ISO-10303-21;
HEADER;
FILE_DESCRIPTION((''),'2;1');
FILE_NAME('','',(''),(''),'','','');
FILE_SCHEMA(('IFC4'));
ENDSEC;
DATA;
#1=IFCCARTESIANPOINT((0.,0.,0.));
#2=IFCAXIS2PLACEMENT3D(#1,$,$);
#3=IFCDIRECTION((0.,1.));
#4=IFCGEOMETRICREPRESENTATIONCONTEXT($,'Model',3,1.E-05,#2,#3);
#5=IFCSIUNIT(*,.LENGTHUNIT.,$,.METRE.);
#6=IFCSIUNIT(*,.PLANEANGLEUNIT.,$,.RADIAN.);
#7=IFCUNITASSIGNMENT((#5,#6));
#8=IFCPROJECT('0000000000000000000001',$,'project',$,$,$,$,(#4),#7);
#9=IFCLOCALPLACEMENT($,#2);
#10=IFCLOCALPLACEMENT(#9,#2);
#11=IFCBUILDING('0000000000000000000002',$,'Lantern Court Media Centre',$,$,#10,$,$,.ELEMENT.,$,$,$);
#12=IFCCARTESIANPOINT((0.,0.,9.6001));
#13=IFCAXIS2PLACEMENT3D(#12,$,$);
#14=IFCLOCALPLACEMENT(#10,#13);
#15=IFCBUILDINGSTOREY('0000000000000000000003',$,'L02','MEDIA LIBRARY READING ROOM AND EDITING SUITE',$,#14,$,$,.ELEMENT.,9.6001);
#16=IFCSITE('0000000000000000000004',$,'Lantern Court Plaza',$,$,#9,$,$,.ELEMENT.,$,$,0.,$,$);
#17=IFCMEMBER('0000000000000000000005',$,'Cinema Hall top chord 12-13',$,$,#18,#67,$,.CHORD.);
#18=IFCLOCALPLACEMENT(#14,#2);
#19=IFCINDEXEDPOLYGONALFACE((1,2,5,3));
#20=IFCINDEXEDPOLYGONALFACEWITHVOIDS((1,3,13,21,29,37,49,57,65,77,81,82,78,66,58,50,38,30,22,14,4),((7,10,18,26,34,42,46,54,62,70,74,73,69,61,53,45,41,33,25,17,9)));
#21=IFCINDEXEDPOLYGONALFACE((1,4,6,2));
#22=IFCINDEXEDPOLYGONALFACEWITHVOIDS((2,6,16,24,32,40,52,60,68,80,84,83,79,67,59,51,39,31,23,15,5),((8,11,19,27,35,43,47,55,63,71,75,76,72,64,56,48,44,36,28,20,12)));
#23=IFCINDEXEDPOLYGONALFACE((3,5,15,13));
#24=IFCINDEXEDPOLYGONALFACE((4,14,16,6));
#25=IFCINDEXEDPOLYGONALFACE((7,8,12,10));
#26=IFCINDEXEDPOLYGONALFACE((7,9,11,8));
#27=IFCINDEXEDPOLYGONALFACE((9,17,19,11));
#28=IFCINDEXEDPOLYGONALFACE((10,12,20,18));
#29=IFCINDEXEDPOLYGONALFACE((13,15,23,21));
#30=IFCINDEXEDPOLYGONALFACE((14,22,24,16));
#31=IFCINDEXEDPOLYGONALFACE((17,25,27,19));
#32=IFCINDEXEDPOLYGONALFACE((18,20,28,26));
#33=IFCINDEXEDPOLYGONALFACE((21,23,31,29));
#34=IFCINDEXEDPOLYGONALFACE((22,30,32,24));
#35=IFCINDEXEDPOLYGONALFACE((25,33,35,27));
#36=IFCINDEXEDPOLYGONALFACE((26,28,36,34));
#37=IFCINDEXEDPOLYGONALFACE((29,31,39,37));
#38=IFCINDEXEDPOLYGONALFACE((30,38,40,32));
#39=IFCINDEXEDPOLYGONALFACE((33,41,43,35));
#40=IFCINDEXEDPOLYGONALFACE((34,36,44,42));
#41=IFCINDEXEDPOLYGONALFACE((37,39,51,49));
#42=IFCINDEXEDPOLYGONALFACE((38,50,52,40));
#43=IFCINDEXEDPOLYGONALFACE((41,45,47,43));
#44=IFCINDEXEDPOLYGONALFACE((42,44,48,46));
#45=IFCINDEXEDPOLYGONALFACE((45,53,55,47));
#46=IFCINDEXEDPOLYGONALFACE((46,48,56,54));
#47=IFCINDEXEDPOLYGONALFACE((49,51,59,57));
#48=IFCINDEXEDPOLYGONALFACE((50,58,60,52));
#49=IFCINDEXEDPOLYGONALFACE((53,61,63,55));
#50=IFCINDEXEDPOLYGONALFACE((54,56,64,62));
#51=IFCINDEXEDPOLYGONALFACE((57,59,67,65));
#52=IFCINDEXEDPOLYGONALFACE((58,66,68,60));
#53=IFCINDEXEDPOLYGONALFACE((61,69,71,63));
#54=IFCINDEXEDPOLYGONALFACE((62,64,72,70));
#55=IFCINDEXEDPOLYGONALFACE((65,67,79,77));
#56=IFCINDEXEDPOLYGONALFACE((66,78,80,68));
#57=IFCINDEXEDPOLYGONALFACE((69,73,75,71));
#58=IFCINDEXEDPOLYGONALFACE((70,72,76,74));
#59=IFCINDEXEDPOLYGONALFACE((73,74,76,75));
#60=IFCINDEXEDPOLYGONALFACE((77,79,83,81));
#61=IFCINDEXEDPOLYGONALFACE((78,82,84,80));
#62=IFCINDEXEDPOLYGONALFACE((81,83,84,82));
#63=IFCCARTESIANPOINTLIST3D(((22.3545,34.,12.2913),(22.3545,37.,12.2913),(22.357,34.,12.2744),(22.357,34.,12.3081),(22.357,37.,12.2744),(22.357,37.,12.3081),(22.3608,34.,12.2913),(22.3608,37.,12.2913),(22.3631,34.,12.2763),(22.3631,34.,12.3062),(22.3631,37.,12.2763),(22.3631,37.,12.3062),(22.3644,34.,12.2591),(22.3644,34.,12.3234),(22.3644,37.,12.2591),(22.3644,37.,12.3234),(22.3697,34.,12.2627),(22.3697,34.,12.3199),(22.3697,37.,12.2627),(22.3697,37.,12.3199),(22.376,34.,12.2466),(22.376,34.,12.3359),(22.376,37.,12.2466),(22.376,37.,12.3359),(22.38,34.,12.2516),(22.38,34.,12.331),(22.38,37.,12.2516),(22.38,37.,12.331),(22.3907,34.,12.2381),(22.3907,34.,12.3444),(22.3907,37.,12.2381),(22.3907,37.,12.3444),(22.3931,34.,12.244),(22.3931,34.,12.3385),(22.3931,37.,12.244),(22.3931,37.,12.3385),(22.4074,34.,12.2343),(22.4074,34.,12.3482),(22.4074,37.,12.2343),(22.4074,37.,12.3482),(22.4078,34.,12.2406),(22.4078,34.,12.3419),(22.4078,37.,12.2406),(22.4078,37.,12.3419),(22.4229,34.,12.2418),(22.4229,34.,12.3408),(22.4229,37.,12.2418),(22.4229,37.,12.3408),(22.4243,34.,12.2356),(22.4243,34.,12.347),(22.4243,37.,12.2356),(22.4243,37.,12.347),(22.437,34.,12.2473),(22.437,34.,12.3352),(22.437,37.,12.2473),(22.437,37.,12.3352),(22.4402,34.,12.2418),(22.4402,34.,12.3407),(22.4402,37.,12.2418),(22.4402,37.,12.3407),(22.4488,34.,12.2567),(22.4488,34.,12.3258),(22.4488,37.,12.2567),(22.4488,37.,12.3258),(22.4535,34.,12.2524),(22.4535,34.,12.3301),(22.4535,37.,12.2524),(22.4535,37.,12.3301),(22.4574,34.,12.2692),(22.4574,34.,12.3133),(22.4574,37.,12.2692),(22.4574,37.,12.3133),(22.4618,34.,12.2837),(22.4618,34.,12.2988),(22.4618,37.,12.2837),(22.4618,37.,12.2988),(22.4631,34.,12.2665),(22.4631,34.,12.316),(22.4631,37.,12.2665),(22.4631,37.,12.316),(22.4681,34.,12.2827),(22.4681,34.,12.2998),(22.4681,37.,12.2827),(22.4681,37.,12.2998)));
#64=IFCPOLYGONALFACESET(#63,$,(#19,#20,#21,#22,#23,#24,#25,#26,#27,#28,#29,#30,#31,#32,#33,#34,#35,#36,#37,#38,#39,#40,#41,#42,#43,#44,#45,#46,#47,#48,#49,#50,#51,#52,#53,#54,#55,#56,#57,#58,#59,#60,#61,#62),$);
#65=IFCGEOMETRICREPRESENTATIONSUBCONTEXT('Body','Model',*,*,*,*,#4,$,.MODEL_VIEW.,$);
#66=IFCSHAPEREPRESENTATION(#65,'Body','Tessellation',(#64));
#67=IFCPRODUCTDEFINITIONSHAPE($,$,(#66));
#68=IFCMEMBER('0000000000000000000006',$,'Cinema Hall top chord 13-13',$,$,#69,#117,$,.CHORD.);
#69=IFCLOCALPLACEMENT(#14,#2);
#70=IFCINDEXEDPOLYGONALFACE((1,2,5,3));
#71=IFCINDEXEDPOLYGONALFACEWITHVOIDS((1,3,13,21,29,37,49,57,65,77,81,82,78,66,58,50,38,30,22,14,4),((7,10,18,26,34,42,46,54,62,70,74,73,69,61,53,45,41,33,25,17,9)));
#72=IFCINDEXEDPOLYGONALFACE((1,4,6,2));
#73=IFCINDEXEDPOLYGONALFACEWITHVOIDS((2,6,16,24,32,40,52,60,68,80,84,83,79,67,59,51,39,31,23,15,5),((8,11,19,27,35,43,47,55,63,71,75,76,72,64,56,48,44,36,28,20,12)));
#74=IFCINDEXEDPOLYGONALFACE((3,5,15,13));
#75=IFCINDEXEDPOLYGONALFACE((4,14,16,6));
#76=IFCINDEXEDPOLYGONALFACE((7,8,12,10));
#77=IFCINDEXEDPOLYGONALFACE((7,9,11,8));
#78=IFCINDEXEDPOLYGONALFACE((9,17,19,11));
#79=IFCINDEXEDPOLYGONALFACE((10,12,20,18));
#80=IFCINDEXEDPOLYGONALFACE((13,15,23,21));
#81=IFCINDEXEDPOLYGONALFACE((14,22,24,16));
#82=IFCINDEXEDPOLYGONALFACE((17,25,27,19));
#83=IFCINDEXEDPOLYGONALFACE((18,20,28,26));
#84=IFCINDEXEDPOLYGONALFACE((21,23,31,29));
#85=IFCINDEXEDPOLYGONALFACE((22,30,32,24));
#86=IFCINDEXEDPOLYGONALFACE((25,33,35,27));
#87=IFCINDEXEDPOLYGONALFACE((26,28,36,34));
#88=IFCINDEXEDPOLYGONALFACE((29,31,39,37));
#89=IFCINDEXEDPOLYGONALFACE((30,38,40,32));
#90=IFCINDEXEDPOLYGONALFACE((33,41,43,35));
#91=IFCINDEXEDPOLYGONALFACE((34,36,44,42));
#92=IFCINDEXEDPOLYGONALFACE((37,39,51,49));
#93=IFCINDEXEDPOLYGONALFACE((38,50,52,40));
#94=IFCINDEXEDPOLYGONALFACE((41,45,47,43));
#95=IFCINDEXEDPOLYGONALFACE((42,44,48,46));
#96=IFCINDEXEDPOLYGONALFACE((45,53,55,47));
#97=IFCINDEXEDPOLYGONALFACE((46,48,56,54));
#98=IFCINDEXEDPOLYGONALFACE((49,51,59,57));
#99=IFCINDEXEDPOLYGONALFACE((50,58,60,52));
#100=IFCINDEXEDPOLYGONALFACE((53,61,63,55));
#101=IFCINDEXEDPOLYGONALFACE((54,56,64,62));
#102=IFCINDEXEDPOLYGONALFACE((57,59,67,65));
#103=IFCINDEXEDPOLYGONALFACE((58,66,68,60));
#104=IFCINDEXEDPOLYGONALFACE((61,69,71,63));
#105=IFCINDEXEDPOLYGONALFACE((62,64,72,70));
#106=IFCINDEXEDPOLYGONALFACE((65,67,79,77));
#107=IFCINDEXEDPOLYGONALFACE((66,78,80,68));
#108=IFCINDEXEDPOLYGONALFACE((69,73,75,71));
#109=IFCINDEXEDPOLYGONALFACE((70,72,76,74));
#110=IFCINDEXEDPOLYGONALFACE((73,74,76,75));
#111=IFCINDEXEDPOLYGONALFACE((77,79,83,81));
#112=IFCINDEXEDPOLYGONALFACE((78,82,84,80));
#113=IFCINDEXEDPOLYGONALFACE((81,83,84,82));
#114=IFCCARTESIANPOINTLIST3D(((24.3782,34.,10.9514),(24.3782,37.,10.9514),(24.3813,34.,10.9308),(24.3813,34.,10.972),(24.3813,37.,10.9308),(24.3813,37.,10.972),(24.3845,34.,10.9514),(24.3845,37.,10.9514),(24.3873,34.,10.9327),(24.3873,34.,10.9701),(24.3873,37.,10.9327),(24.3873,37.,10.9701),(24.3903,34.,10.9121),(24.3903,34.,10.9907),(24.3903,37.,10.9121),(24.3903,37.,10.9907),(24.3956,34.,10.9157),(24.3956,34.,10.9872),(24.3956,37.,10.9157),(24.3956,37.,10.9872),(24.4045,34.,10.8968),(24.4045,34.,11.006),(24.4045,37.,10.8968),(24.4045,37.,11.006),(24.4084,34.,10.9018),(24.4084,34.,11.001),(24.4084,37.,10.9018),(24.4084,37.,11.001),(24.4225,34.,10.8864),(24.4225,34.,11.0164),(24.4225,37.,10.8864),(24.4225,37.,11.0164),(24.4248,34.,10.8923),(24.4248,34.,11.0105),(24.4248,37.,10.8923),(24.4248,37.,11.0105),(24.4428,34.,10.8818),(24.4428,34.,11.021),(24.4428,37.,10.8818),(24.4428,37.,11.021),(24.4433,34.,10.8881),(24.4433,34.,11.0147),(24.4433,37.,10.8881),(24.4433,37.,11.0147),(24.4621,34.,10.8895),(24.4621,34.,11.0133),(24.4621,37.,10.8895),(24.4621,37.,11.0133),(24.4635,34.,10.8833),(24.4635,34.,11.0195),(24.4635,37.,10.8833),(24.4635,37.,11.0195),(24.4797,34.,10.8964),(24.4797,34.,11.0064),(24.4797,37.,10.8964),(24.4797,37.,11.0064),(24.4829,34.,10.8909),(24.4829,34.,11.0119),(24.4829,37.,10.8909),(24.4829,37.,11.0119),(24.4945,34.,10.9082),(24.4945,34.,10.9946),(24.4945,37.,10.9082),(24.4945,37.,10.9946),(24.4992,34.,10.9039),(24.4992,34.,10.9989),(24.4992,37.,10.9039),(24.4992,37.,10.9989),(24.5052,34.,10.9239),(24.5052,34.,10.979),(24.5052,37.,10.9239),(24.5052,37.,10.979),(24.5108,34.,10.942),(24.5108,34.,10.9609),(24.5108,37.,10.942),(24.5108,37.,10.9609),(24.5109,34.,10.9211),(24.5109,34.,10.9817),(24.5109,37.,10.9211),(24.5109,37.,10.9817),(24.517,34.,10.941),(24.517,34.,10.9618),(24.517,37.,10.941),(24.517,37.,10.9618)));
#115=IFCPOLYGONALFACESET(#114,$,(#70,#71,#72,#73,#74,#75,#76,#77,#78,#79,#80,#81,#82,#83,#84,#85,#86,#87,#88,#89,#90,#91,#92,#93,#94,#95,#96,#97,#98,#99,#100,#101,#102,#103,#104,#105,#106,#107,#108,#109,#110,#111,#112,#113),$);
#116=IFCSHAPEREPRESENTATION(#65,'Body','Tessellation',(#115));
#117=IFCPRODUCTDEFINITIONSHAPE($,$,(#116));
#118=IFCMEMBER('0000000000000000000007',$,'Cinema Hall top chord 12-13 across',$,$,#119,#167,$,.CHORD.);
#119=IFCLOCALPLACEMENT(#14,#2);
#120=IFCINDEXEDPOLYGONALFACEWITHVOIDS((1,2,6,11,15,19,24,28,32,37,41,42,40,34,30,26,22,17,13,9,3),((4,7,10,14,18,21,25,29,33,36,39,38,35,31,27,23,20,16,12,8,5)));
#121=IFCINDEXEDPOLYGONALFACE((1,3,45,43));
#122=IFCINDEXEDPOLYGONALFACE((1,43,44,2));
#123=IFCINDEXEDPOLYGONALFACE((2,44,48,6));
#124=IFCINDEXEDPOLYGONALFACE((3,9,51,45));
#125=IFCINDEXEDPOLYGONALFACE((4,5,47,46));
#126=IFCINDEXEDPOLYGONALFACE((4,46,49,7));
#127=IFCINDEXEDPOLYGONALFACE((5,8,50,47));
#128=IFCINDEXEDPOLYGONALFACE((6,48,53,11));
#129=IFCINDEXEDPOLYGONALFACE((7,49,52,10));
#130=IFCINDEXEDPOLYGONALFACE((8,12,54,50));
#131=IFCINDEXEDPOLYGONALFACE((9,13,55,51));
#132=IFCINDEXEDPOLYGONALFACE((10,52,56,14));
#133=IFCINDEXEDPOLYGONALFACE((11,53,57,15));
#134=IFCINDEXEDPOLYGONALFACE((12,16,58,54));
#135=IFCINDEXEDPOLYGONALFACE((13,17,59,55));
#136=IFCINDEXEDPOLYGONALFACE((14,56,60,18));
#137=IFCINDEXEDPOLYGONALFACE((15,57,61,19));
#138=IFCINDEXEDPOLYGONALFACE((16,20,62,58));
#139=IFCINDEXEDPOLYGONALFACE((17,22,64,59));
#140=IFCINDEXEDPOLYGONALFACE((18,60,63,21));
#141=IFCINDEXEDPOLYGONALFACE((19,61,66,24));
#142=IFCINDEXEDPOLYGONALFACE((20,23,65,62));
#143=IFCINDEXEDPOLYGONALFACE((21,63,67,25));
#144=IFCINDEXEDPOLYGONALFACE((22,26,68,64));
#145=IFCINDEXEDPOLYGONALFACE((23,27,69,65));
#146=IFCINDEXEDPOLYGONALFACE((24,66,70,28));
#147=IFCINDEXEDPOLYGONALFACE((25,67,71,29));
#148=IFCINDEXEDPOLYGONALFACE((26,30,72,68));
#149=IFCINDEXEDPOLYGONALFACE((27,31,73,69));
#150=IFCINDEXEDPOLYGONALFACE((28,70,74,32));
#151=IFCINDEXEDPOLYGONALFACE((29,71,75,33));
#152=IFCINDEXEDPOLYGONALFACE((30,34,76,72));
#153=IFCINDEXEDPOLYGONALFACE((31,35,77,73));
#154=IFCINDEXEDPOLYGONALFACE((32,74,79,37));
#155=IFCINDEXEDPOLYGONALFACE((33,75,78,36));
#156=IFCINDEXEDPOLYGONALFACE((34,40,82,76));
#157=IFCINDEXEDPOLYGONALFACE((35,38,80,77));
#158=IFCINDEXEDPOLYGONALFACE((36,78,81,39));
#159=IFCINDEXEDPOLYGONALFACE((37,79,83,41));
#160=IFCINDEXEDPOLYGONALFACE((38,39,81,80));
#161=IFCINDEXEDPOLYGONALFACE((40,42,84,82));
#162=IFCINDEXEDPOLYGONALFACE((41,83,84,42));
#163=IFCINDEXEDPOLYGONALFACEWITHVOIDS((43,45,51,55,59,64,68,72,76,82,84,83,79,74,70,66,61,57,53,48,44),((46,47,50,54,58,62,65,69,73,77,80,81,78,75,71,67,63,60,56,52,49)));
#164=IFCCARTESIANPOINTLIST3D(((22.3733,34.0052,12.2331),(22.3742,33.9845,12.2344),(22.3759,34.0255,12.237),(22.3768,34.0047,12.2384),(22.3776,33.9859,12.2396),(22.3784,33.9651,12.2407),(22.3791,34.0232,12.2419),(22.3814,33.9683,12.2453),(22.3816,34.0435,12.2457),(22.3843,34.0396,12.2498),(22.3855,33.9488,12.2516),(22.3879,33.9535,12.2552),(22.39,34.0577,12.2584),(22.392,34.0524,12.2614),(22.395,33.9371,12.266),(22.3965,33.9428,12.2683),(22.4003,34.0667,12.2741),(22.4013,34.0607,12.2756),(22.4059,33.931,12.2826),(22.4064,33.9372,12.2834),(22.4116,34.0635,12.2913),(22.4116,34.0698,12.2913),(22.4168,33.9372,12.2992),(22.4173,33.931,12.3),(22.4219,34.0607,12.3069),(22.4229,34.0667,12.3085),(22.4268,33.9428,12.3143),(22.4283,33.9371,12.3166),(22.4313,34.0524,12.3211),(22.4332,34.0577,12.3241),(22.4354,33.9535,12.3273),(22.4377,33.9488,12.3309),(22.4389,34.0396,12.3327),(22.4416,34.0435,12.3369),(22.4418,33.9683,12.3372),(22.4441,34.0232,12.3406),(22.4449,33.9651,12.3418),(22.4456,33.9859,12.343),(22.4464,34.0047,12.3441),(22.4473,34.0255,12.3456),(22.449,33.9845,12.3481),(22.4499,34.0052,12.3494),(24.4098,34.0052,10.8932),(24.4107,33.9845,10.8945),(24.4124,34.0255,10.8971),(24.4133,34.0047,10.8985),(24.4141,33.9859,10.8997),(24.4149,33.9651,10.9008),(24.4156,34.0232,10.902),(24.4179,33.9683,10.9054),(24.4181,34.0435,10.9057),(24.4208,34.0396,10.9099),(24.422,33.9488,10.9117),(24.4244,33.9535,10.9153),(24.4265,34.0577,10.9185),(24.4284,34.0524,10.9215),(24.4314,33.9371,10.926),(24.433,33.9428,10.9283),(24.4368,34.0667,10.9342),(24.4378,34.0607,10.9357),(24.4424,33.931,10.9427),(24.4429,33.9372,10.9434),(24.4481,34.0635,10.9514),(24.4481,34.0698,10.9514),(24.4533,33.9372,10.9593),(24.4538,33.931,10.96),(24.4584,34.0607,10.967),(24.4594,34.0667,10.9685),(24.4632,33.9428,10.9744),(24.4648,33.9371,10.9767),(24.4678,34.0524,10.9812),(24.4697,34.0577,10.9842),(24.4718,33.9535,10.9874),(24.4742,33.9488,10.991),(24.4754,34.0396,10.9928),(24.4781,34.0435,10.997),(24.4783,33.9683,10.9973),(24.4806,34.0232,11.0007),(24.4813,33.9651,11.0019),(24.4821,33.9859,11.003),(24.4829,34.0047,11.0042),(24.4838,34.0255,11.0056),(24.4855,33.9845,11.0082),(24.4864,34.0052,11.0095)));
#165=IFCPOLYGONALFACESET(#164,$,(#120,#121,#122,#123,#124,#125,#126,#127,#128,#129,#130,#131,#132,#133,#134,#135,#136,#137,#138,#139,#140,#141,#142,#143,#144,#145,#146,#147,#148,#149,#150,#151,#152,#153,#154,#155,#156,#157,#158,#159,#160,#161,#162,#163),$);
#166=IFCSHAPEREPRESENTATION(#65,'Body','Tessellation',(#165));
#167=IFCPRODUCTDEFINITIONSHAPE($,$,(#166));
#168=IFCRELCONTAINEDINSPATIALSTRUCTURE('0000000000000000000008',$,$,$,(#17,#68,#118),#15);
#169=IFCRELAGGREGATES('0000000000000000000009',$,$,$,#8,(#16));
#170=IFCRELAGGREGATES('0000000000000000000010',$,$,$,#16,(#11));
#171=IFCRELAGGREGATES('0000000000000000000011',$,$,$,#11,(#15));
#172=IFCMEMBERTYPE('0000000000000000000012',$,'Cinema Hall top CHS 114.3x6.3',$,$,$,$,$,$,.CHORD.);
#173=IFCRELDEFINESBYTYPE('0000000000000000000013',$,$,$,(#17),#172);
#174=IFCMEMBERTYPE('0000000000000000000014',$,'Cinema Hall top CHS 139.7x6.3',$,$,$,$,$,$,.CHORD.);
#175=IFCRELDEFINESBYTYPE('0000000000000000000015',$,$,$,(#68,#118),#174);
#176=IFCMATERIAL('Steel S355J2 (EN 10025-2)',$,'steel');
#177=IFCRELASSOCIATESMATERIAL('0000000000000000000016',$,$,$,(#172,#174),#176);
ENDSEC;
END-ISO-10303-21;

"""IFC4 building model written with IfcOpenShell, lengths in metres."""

from ifc_helpers import new_model, si_unit, direction, frame, origin, origin_2d, place, context, subcontext, project, spatial, hollow_circle, extrude, material, material_profile, profile_set, type_object, element, save


model = new_model("IFC4")

# Units and contexts
model_context = context("Model", 3, precision=1e-05, world=origin(), true_north=direction((0.0, 1.0)))
body_context = subcontext(model_context, "Body", "Model", "MODEL_VIEW")
ifc_project = project(units=[si_unit("LENGTHUNIT", "METRE"), si_unit("PLANEANGLEUNIT", "RADIAN")], contexts=[model_context])

# Site, building, storey
site_placement = place(None, origin())
site = spatial("IfcSite", under=ifc_project, at=site_placement, Name="Lantern Court Plaza", CompositionType="ELEMENT", RefElevation=0.0)
building_placement = place(site_placement, origin())
building = spatial("IfcBuilding", under=site, at=building_placement, Name="Lantern Court Media Centre", CompositionType="ELEMENT")
storey_placement = place(building_placement, frame((0.0, 0.0, 9.6001)))
storey = spatial("IfcBuildingStorey", under=building, at=storey_placement, Name="L02", Description="MEDIA LIBRARY READING ROOM AND EDITING SUITE", CompositionType="ELEMENT", Elevation=9.6001)

# Members
ifc_material = material(Name="Steel S355J2 (EN 10025-2)", Category="steel")
ifc_material_profile_1 = material_profile(ifc_material, hollow_circle(Radius=0.0571, WallThickness=0.0063, at=origin_2d()), Name="Cinema Hall top CHS 114.3x6.3")
ifc_profile_set_1 = profile_set([ifc_material_profile_1], Name="Steel S355J2 (EN 10025-2)")
member_type_1 = type_object("IfcMemberType", Name="Cinema Hall top CHS 114.3x6.3", PredefinedType="CHORD", material=ifc_profile_set_1)
member_1_placement = place(storey_placement, frame((22.4116, 34.0, 12.2913), z_axis=(0.0, 1.0, 0.0), x_axis=(-1.0, 0.0, 0.0)))
element("IfcMember", 1, at=member_1_placement, inside=storey, type_object=member_type_1, Name="Cinema Hall top chord 12-13", PredefinedType="CHORD", context=body_context, shape_type="SweptSolid", body=[
    extrude(hollow_circle(Radius=0.0571, WallThickness=0.0063, at=origin_2d()), origin(), (0.0, 0.0, 1.0), 3.0),
])
ifc_material_profile_2 = material_profile(ifc_material, hollow_circle(Radius=0.0698, WallThickness=0.0063, at=origin_2d()), Name="Cinema Hall top CHS 139.7x6.3")
ifc_profile_set_2 = profile_set([ifc_material_profile_2], Name="Steel S355J2 (EN 10025-2)")
member_type_2 = type_object("IfcMemberType", Name="Cinema Hall top CHS 139.7x6.3", PredefinedType="CHORD", material=ifc_profile_set_2)
member_2_placement = place(storey_placement, frame((24.448, 34.0, 10.9514), z_axis=(0.0, 1.0, 0.0), x_axis=(-1.0, 0.0, 0.0)))
element("IfcMember", 2, at=member_2_placement, inside=storey, type_object=member_type_2, Name="Cinema Hall top chord 13-13", PredefinedType="CHORD", context=body_context, shape_type="SweptSolid", body=[
    extrude(hollow_circle(Radius=0.0698, WallThickness=0.0063, at=origin_2d()), origin(), (0.0, 0.0, 1.0), 3.0),
])
member_3_placement = place(storey_placement, frame((22.4116, 34.0, 12.2913), z_axis=(0.835394, 0.0, -0.549651), x_axis=(0.0, 1.0, 0.0)))
element("IfcMember", 3, at=member_3_placement, inside=storey, type_object=member_type_2, Name="Cinema Hall top chord 12-13 across", PredefinedType="CHORD", context=body_context, shape_type="SweptSolid", body=[
    extrude(hollow_circle(Radius=0.0698, WallThickness=0.0063, at=origin_2d()), origin(), (0.0, 0.0, 1.0), 2.4377),
])

save(model, "model.ifc")
